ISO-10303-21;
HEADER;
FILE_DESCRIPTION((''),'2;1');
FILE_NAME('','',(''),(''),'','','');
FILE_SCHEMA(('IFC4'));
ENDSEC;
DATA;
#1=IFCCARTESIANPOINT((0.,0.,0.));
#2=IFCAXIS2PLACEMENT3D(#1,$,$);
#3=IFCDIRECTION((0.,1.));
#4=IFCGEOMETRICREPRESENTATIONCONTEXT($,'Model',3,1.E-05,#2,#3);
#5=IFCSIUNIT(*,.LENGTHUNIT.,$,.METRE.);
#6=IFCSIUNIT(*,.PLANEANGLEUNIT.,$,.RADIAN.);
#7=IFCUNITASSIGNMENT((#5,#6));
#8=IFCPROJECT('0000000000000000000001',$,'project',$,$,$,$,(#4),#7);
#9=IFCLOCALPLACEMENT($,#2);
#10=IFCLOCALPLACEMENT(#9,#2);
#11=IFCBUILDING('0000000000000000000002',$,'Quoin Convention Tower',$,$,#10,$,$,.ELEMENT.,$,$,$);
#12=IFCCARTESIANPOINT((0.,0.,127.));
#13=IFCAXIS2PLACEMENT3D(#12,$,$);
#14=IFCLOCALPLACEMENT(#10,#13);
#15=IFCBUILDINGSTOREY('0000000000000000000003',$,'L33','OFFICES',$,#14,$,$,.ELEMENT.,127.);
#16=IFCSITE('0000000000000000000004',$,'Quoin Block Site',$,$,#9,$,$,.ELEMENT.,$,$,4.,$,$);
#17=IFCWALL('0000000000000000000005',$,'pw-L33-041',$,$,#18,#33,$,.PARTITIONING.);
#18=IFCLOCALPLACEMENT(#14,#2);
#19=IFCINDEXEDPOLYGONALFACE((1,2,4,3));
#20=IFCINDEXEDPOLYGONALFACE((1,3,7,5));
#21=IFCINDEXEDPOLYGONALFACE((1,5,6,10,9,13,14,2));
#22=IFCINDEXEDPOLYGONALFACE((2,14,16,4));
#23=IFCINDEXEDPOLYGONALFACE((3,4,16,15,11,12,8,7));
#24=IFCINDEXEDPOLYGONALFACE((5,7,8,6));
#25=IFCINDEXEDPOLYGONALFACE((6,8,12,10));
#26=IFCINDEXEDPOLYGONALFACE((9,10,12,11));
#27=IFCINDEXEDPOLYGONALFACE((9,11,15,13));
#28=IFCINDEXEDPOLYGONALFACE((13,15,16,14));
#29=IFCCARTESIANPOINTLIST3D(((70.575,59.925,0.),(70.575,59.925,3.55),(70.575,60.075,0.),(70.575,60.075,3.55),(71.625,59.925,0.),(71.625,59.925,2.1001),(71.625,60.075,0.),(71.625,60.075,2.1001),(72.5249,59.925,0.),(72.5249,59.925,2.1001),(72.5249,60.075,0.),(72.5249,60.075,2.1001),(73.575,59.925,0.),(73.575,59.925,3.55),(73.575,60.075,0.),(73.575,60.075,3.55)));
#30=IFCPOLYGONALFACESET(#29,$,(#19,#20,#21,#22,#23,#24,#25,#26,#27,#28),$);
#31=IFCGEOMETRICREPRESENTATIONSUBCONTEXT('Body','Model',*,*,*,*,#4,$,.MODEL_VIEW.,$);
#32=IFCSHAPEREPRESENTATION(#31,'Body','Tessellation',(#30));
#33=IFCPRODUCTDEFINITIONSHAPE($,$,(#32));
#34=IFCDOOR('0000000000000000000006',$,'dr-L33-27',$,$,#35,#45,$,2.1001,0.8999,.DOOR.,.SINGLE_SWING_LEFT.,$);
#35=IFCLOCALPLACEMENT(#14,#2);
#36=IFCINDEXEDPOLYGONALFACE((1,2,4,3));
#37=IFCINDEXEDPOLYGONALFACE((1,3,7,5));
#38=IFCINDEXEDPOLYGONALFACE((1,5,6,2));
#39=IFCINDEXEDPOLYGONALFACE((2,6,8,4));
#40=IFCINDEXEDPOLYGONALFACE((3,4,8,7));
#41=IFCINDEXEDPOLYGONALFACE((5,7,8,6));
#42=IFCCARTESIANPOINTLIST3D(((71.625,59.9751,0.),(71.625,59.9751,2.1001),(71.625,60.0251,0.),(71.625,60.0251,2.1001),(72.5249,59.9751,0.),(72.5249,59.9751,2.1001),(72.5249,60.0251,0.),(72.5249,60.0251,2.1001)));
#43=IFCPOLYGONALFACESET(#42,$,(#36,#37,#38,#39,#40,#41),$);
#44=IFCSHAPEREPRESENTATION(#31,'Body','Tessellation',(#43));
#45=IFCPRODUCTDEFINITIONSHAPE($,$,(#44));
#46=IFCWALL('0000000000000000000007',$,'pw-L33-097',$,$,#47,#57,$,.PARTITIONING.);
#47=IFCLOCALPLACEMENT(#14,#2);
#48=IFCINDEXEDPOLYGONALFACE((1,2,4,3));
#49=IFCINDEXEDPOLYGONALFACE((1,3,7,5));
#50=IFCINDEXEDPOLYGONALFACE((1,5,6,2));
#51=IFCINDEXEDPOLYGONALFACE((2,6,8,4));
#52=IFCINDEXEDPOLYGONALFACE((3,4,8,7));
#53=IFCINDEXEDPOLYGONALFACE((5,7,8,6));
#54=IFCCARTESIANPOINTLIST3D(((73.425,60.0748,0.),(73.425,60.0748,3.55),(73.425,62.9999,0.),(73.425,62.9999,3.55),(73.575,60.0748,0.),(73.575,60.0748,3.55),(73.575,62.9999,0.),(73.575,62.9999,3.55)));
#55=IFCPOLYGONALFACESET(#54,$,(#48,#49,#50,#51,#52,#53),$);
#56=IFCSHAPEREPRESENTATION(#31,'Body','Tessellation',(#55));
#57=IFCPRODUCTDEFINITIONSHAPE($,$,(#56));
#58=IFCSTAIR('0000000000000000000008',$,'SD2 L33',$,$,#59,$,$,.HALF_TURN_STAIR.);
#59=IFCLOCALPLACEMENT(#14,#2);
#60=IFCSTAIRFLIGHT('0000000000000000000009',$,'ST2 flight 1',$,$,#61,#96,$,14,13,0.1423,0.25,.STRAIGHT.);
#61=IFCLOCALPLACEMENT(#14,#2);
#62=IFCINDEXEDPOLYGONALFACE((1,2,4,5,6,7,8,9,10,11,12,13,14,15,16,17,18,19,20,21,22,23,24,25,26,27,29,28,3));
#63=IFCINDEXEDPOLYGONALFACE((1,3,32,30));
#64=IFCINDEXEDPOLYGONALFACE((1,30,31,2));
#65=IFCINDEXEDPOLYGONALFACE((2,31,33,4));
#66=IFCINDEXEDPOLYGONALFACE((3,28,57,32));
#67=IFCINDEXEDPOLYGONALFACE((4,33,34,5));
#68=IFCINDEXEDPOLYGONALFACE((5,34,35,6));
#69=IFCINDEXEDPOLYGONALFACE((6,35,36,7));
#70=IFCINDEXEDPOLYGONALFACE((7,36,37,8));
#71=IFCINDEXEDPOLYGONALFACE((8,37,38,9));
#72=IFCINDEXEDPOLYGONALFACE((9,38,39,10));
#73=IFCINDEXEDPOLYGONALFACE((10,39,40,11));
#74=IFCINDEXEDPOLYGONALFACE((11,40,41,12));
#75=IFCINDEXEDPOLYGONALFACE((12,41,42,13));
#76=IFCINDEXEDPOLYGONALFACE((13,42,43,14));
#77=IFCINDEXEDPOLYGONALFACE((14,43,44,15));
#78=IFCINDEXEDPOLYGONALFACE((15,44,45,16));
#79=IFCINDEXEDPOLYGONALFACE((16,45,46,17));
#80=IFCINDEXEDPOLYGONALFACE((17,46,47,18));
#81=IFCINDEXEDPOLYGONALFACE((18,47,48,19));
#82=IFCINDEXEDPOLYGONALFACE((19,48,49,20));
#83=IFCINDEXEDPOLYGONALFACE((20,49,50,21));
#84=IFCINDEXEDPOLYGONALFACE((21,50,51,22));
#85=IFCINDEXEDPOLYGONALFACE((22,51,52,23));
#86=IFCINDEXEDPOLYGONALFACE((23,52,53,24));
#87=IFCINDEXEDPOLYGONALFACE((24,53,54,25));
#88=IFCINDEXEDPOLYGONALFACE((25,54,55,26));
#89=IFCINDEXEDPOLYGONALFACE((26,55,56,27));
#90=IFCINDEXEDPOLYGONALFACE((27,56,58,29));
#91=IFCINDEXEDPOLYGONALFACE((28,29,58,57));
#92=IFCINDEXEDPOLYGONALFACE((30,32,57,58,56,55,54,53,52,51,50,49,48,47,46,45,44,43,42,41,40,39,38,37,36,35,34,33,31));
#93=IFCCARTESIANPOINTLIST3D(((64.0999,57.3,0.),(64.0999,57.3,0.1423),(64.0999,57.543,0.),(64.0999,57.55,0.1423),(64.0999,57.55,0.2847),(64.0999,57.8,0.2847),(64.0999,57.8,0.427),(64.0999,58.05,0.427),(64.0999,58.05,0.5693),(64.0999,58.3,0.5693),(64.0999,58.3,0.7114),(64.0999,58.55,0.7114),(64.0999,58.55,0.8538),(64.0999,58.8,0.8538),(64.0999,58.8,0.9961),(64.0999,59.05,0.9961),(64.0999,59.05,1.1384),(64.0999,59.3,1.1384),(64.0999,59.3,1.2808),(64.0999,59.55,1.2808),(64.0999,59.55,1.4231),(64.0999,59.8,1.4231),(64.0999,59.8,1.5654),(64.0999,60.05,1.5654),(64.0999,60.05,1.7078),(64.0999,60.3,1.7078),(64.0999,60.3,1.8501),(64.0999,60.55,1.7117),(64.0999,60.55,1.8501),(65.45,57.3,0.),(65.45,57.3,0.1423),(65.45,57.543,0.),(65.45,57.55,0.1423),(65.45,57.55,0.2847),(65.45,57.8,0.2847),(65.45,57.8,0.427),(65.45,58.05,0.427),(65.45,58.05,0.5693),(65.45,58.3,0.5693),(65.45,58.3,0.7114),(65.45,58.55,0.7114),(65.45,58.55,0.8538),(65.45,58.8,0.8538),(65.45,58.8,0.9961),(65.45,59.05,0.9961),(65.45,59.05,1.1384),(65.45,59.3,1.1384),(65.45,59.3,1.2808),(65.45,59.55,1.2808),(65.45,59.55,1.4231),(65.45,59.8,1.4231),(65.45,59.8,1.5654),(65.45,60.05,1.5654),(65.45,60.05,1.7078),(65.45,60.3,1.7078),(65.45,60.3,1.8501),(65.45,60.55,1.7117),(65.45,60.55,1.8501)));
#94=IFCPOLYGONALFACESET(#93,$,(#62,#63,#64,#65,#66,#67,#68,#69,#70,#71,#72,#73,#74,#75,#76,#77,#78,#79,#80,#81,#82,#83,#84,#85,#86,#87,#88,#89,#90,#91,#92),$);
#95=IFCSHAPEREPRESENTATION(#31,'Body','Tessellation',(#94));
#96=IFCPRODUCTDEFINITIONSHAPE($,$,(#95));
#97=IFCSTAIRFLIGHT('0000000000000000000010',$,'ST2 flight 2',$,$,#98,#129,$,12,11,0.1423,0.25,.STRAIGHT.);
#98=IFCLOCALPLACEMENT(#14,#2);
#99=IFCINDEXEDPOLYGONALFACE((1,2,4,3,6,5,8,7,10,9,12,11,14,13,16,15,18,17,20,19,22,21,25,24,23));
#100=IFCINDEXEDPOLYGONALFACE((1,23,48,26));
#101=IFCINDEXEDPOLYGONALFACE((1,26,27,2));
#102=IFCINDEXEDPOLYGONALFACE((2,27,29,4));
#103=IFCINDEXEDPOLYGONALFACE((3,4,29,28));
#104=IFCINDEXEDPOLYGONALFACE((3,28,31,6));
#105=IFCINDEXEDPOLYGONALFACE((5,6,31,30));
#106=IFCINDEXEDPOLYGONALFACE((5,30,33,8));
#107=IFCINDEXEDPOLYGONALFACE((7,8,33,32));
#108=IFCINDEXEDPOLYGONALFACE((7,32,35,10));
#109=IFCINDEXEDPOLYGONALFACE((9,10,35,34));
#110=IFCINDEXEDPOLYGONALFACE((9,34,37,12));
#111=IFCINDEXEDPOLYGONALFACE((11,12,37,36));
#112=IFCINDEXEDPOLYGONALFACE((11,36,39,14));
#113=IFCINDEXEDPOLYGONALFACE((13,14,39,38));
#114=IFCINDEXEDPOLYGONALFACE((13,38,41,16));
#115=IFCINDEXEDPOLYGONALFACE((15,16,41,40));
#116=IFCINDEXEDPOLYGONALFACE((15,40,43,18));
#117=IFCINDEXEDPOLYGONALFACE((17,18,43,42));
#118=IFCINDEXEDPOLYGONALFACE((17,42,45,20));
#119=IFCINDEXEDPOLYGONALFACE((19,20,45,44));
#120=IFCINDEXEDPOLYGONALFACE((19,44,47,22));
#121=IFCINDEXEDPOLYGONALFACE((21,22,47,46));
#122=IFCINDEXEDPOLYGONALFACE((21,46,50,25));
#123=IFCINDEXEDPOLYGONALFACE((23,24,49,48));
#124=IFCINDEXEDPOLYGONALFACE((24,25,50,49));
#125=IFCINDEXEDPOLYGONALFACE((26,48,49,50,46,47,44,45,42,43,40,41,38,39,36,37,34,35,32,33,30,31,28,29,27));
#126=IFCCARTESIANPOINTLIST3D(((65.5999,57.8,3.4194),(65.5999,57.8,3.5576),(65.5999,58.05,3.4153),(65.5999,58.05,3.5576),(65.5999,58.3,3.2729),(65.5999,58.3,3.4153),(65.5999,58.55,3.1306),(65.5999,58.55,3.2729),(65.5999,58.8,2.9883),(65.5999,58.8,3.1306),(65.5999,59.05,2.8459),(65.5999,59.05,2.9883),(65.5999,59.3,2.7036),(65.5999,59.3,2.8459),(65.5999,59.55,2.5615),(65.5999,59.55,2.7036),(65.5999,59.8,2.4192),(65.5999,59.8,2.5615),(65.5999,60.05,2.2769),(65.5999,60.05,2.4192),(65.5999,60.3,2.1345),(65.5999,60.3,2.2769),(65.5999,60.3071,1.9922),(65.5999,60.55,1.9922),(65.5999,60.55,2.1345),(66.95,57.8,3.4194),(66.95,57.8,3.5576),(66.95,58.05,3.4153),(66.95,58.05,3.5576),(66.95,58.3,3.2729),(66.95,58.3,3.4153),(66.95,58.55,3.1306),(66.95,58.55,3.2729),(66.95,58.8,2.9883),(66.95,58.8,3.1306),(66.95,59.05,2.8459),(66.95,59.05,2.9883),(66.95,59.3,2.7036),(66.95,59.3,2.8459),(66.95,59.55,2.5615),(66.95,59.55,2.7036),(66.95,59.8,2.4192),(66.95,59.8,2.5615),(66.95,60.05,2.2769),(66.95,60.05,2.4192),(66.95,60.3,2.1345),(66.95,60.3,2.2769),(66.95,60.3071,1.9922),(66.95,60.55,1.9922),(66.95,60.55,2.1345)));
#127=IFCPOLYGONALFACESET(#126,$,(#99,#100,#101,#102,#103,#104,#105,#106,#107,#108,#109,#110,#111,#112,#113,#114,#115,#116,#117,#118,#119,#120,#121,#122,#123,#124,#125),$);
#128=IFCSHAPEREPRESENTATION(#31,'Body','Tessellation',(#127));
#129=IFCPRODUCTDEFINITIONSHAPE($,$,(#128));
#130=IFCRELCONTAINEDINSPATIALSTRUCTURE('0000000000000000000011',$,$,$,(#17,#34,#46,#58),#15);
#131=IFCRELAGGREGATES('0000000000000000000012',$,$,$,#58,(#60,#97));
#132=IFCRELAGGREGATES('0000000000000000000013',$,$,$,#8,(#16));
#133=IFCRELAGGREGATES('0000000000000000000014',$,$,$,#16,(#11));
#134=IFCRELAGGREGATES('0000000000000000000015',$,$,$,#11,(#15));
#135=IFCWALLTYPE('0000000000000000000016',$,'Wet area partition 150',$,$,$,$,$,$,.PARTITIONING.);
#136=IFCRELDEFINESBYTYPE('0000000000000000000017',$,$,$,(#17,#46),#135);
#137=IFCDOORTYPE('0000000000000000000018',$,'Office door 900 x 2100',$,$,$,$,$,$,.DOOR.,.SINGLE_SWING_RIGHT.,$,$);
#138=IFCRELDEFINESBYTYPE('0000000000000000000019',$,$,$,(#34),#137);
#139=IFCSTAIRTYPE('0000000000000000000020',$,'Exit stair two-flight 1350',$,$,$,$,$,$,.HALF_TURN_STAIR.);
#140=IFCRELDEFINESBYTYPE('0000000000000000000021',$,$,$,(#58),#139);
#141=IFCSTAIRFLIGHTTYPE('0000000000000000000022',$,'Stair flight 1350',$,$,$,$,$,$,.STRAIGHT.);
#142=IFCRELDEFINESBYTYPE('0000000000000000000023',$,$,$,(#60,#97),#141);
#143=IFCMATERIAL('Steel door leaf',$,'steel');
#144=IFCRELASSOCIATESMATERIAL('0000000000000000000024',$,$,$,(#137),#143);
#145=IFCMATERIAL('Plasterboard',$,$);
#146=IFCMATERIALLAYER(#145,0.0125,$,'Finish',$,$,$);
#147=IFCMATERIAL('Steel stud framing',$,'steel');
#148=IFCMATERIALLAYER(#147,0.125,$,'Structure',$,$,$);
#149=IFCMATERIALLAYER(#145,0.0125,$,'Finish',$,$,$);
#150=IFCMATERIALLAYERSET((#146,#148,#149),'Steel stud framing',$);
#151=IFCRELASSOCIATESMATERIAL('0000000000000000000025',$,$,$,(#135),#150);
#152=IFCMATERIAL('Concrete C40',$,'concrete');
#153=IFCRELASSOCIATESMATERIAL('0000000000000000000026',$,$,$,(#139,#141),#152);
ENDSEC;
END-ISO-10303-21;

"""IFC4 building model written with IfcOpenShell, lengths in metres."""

from ifc_helpers import new_model, si_unit, direction, frame, frame_2d, origin, place, context, subcontext, project, spatial, polyline, rectangle, outline, extrude, material, layer, layer_set, type_object, element, fill, aggregate, save


model = new_model("IFC4")

# Units and contexts
model_context = context("Model", 3, precision=1e-05, world=origin(), true_north=direction((0.0, 1.0)))
body_context = subcontext(model_context, "Body", "Model", "MODEL_VIEW")
ifc_project = project(units=[si_unit("LENGTHUNIT", "METRE"), si_unit("PLANEANGLEUNIT", "RADIAN")], contexts=[model_context])

# Site, building, storey
site_placement = place(None, origin())
site = spatial("IfcSite", under=ifc_project, at=site_placement, Name="Quoin Block Site", CompositionType="ELEMENT", RefElevation=4.0)
building_placement = place(site_placement, origin())
building = spatial("IfcBuilding", under=site, at=building_placement, Name="Quoin Convention Tower", CompositionType="ELEMENT")
storey_placement = place(building_placement, frame((0.0, 0.0, 127.0)))
storey = spatial("IfcBuildingStorey", under=building, at=storey_placement, Name="L33", Description="OFFICES", CompositionType="ELEMENT", Elevation=127.0)

# Shared definitions
ifc_material_1 = material(Name="Plasterboard")
ifc_material_2 = material(Name="Steel stud framing", Category="steel")

# Shared definitions
ifc_material_3 = material(Name="Steel door leaf", Category="steel")
door_type_1 = type_object("IfcDoorType", Name="Office door 900 x 2100", OperationType="SINGLE_SWING_RIGHT", PredefinedType="DOOR", material=ifc_material_3)

# Wall, opening, door
ifc_layer_1 = layer(ifc_material_1, 0.0125, Name="Finish")
ifc_layer_2 = layer(ifc_material_2, 0.125, Name="Structure")
ifc_layer_3 = layer(ifc_material_1, 0.0125, Name="Finish")
ifc_layer_set_1 = layer_set([ifc_layer_1, ifc_layer_2, ifc_layer_3], Name="Steel stud framing")
wall_type_1 = type_object("IfcWallType", Name="Wet area partition 150", PredefinedType="PARTITIONING", material=ifc_layer_set_1)
wall_1_placement = place(storey_placement, frame((70.575, 60.0, 0.0), z_axis=(0.0, 0.0, 1.0), x_axis=(1.0, 0.0, 0.0)))
wall_1 = element("IfcWall", 1, at=wall_1_placement, inside=storey, type_object=wall_type_1, Name="pw-L33-041", PredefinedType="PARTITIONING", context=body_context, shape_type="SweptSolid", body=[
    extrude(rectangle(XDim=3.0, YDim=0.1499, at=frame_2d((1.5, 0.0))), origin(), (0.0, 0.0, 1.0), 3.55),
])
opening_1_placement = place(wall_1_placement, frame((1.05, 0.0, 0.0)))
opening_1 = element("IfcOpeningElement", 2, at=opening_1_placement, cuts=wall_1, PredefinedType="OPENING", context=body_context, shape_type="SweptSolid", body=[
    extrude(rectangle(XDim=0.8999, YDim=2.1001, at=frame_2d((0.45, 1.05))), frame((0.0, 0.085, 0.0), z_axis=(0.0, -1.0, 0.0), x_axis=(1.0, 0.0, 0.0)), (0.0, 0.0, 1.0), 0.1699),
])
door_1_placement = place(opening_1_placement, frame((0.8999, 0.0, 0.0), z_axis=(0.0, 0.0, 1.0), x_axis=(-1.0, 0.0, 0.0)))
door_1 = element("IfcDoor", 3, at=door_1_placement, inside=storey, type_object=door_type_1, Name="dr-L33-27", OperationType="SINGLE_SWING_LEFT", OverallHeight=2.1001, OverallWidth=0.8999, PredefinedType="DOOR", context=body_context, shape_type="SweptSolid", body=[
    extrude(rectangle(XDim=0.8999, YDim=2.1001, at=frame_2d((0.45, 1.05))), frame((0.0, 0.0249, 0.0), z_axis=(0.0, -1.0, 0.0), x_axis=(1.0, 0.0, 0.0)), (0.0, 0.0, 1.0), 0.05),
])
fill(opening_1, door_1)

# Wall
wall_2_placement = place(storey_placement, frame((73.5, 60.075, 0.0), z_axis=(0.0, 0.0, 1.0), x_axis=(0.0, 1.0, 0.0)))
element("IfcWall", 4, at=wall_2_placement, inside=storey, type_object=wall_type_1, Name="pw-L33-097", PredefinedType="PARTITIONING", context=body_context, shape_type="SweptSolid", body=[
    extrude(rectangle(XDim=2.925, YDim=0.1499, at=frame_2d((1.4624, 0.0))), origin(), (0.0, 0.0, 1.0), 3.55),
])

# Stair, stair flights
ifc_material_4 = material(Name="Concrete C40", Category="concrete")
stair_type = type_object("IfcStairType", Name="Exit stair two-flight 1350", PredefinedType="HALF_TURN_STAIR", material=ifc_material_4)
stair_placement = place(storey_placement, origin())
stair = element("IfcStair", 5, at=stair_placement, inside=storey, type_object=stair_type, Name="SD2 L33", PredefinedType="HALF_TURN_STAIR")
stair_flight_type = type_object("IfcStairFlightType", Name="Stair flight 1350", PredefinedType="STRAIGHT", material=ifc_material_4)
stair_flight_1_placement = place(storey_placement, frame((64.7749, 57.3, 0.0), z_axis=(0.0, 0.0, 1.0), x_axis=(0.0, 1.0, 0.0)))
stair_flight_1 = element("IfcStairFlight", 6, at=stair_flight_1_placement, type_object=stair_flight_type, Name="ST2 flight 1", NumberOfRisers=14, NumberOfTreads=13, PredefinedType="STRAIGHT", RiserHeight=0.1423, TreadLength=0.25, context=body_context, shape_type="SweptSolid", body=[
    extrude(outline(polyline([(0.0, 0.0), (0.0, 0.1423), (0.25, 0.1423), (0.25, 0.2847), (0.5, 0.2847), (0.5, 0.427), (0.75, 0.427), (0.75, 0.5693), (1.0, 0.5693), (1.0, 0.7114), (1.25, 0.7114), (1.25, 0.8538), (1.5, 0.8538), (1.5, 0.9961), (1.75, 0.9961), (1.75, 1.1384), (2.0, 1.1384), (2.0, 1.2808), (2.25, 1.2808), (2.25, 1.4231), (2.5, 1.4231), (2.5, 1.5654), (2.75, 1.5654), (2.75, 1.7078), (3.0, 1.7078), (3.0, 1.8501), (3.25, 1.8501), (3.25, 1.9922), (3.25, 1.7117), (0.2429, 0.0), (0.0, 0.0)])), frame((0.0, 0.675, 0.0), z_axis=(0.0, -1.0, 0.0), x_axis=(1.0, 0.0, 0.0)), (0.0, 0.0, 1.0), 1.3501),
])
stair_flight_2_placement = place(storey_placement, frame((66.2749, 60.55, 1.9922), z_axis=(0.0, 0.0, 1.0), x_axis=(0.0, -1.0, 0.0)))
stair_flight_2 = element("IfcStairFlight", 7, at=stair_flight_2_placement, type_object=stair_flight_type, Name="ST2 flight 2", NumberOfRisers=12, NumberOfTreads=11, PredefinedType="STRAIGHT", RiserHeight=0.1423, TreadLength=0.25, context=body_context, shape_type="SweptSolid", body=[
    extrude(outline(polyline([(0.0, 0.0), (0.0, 0.1423), (0.25, 0.1423), (0.25, 0.2847), (0.5, 0.2847), (0.5, 0.427), (0.75, 0.427), (0.75, 0.5693), (1.0, 0.5693), (1.0, 0.7114), (1.25, 0.7114), (1.25, 0.8538), (1.5, 0.8538), (1.5, 0.9961), (1.75, 0.9961), (1.75, 1.1384), (2.0, 1.1384), (2.0, 1.2808), (2.25, 1.2808), (2.25, 1.4231), (2.5, 1.4231), (2.5, 1.5654), (2.75, 1.5654), (2.75, 1.7078), (2.75, 1.4272), (0.2429, 0.0), (0.0, 0.0)])), frame((0.0, 0.675, 0.0), z_axis=(0.0, -1.0, 0.0), x_axis=(1.0, 0.0, 0.0)), (0.0, 0.0, 1.0), 1.3501),
])
aggregate(stair, [stair_flight_1, stair_flight_2])

save(model, "model.ifc")
